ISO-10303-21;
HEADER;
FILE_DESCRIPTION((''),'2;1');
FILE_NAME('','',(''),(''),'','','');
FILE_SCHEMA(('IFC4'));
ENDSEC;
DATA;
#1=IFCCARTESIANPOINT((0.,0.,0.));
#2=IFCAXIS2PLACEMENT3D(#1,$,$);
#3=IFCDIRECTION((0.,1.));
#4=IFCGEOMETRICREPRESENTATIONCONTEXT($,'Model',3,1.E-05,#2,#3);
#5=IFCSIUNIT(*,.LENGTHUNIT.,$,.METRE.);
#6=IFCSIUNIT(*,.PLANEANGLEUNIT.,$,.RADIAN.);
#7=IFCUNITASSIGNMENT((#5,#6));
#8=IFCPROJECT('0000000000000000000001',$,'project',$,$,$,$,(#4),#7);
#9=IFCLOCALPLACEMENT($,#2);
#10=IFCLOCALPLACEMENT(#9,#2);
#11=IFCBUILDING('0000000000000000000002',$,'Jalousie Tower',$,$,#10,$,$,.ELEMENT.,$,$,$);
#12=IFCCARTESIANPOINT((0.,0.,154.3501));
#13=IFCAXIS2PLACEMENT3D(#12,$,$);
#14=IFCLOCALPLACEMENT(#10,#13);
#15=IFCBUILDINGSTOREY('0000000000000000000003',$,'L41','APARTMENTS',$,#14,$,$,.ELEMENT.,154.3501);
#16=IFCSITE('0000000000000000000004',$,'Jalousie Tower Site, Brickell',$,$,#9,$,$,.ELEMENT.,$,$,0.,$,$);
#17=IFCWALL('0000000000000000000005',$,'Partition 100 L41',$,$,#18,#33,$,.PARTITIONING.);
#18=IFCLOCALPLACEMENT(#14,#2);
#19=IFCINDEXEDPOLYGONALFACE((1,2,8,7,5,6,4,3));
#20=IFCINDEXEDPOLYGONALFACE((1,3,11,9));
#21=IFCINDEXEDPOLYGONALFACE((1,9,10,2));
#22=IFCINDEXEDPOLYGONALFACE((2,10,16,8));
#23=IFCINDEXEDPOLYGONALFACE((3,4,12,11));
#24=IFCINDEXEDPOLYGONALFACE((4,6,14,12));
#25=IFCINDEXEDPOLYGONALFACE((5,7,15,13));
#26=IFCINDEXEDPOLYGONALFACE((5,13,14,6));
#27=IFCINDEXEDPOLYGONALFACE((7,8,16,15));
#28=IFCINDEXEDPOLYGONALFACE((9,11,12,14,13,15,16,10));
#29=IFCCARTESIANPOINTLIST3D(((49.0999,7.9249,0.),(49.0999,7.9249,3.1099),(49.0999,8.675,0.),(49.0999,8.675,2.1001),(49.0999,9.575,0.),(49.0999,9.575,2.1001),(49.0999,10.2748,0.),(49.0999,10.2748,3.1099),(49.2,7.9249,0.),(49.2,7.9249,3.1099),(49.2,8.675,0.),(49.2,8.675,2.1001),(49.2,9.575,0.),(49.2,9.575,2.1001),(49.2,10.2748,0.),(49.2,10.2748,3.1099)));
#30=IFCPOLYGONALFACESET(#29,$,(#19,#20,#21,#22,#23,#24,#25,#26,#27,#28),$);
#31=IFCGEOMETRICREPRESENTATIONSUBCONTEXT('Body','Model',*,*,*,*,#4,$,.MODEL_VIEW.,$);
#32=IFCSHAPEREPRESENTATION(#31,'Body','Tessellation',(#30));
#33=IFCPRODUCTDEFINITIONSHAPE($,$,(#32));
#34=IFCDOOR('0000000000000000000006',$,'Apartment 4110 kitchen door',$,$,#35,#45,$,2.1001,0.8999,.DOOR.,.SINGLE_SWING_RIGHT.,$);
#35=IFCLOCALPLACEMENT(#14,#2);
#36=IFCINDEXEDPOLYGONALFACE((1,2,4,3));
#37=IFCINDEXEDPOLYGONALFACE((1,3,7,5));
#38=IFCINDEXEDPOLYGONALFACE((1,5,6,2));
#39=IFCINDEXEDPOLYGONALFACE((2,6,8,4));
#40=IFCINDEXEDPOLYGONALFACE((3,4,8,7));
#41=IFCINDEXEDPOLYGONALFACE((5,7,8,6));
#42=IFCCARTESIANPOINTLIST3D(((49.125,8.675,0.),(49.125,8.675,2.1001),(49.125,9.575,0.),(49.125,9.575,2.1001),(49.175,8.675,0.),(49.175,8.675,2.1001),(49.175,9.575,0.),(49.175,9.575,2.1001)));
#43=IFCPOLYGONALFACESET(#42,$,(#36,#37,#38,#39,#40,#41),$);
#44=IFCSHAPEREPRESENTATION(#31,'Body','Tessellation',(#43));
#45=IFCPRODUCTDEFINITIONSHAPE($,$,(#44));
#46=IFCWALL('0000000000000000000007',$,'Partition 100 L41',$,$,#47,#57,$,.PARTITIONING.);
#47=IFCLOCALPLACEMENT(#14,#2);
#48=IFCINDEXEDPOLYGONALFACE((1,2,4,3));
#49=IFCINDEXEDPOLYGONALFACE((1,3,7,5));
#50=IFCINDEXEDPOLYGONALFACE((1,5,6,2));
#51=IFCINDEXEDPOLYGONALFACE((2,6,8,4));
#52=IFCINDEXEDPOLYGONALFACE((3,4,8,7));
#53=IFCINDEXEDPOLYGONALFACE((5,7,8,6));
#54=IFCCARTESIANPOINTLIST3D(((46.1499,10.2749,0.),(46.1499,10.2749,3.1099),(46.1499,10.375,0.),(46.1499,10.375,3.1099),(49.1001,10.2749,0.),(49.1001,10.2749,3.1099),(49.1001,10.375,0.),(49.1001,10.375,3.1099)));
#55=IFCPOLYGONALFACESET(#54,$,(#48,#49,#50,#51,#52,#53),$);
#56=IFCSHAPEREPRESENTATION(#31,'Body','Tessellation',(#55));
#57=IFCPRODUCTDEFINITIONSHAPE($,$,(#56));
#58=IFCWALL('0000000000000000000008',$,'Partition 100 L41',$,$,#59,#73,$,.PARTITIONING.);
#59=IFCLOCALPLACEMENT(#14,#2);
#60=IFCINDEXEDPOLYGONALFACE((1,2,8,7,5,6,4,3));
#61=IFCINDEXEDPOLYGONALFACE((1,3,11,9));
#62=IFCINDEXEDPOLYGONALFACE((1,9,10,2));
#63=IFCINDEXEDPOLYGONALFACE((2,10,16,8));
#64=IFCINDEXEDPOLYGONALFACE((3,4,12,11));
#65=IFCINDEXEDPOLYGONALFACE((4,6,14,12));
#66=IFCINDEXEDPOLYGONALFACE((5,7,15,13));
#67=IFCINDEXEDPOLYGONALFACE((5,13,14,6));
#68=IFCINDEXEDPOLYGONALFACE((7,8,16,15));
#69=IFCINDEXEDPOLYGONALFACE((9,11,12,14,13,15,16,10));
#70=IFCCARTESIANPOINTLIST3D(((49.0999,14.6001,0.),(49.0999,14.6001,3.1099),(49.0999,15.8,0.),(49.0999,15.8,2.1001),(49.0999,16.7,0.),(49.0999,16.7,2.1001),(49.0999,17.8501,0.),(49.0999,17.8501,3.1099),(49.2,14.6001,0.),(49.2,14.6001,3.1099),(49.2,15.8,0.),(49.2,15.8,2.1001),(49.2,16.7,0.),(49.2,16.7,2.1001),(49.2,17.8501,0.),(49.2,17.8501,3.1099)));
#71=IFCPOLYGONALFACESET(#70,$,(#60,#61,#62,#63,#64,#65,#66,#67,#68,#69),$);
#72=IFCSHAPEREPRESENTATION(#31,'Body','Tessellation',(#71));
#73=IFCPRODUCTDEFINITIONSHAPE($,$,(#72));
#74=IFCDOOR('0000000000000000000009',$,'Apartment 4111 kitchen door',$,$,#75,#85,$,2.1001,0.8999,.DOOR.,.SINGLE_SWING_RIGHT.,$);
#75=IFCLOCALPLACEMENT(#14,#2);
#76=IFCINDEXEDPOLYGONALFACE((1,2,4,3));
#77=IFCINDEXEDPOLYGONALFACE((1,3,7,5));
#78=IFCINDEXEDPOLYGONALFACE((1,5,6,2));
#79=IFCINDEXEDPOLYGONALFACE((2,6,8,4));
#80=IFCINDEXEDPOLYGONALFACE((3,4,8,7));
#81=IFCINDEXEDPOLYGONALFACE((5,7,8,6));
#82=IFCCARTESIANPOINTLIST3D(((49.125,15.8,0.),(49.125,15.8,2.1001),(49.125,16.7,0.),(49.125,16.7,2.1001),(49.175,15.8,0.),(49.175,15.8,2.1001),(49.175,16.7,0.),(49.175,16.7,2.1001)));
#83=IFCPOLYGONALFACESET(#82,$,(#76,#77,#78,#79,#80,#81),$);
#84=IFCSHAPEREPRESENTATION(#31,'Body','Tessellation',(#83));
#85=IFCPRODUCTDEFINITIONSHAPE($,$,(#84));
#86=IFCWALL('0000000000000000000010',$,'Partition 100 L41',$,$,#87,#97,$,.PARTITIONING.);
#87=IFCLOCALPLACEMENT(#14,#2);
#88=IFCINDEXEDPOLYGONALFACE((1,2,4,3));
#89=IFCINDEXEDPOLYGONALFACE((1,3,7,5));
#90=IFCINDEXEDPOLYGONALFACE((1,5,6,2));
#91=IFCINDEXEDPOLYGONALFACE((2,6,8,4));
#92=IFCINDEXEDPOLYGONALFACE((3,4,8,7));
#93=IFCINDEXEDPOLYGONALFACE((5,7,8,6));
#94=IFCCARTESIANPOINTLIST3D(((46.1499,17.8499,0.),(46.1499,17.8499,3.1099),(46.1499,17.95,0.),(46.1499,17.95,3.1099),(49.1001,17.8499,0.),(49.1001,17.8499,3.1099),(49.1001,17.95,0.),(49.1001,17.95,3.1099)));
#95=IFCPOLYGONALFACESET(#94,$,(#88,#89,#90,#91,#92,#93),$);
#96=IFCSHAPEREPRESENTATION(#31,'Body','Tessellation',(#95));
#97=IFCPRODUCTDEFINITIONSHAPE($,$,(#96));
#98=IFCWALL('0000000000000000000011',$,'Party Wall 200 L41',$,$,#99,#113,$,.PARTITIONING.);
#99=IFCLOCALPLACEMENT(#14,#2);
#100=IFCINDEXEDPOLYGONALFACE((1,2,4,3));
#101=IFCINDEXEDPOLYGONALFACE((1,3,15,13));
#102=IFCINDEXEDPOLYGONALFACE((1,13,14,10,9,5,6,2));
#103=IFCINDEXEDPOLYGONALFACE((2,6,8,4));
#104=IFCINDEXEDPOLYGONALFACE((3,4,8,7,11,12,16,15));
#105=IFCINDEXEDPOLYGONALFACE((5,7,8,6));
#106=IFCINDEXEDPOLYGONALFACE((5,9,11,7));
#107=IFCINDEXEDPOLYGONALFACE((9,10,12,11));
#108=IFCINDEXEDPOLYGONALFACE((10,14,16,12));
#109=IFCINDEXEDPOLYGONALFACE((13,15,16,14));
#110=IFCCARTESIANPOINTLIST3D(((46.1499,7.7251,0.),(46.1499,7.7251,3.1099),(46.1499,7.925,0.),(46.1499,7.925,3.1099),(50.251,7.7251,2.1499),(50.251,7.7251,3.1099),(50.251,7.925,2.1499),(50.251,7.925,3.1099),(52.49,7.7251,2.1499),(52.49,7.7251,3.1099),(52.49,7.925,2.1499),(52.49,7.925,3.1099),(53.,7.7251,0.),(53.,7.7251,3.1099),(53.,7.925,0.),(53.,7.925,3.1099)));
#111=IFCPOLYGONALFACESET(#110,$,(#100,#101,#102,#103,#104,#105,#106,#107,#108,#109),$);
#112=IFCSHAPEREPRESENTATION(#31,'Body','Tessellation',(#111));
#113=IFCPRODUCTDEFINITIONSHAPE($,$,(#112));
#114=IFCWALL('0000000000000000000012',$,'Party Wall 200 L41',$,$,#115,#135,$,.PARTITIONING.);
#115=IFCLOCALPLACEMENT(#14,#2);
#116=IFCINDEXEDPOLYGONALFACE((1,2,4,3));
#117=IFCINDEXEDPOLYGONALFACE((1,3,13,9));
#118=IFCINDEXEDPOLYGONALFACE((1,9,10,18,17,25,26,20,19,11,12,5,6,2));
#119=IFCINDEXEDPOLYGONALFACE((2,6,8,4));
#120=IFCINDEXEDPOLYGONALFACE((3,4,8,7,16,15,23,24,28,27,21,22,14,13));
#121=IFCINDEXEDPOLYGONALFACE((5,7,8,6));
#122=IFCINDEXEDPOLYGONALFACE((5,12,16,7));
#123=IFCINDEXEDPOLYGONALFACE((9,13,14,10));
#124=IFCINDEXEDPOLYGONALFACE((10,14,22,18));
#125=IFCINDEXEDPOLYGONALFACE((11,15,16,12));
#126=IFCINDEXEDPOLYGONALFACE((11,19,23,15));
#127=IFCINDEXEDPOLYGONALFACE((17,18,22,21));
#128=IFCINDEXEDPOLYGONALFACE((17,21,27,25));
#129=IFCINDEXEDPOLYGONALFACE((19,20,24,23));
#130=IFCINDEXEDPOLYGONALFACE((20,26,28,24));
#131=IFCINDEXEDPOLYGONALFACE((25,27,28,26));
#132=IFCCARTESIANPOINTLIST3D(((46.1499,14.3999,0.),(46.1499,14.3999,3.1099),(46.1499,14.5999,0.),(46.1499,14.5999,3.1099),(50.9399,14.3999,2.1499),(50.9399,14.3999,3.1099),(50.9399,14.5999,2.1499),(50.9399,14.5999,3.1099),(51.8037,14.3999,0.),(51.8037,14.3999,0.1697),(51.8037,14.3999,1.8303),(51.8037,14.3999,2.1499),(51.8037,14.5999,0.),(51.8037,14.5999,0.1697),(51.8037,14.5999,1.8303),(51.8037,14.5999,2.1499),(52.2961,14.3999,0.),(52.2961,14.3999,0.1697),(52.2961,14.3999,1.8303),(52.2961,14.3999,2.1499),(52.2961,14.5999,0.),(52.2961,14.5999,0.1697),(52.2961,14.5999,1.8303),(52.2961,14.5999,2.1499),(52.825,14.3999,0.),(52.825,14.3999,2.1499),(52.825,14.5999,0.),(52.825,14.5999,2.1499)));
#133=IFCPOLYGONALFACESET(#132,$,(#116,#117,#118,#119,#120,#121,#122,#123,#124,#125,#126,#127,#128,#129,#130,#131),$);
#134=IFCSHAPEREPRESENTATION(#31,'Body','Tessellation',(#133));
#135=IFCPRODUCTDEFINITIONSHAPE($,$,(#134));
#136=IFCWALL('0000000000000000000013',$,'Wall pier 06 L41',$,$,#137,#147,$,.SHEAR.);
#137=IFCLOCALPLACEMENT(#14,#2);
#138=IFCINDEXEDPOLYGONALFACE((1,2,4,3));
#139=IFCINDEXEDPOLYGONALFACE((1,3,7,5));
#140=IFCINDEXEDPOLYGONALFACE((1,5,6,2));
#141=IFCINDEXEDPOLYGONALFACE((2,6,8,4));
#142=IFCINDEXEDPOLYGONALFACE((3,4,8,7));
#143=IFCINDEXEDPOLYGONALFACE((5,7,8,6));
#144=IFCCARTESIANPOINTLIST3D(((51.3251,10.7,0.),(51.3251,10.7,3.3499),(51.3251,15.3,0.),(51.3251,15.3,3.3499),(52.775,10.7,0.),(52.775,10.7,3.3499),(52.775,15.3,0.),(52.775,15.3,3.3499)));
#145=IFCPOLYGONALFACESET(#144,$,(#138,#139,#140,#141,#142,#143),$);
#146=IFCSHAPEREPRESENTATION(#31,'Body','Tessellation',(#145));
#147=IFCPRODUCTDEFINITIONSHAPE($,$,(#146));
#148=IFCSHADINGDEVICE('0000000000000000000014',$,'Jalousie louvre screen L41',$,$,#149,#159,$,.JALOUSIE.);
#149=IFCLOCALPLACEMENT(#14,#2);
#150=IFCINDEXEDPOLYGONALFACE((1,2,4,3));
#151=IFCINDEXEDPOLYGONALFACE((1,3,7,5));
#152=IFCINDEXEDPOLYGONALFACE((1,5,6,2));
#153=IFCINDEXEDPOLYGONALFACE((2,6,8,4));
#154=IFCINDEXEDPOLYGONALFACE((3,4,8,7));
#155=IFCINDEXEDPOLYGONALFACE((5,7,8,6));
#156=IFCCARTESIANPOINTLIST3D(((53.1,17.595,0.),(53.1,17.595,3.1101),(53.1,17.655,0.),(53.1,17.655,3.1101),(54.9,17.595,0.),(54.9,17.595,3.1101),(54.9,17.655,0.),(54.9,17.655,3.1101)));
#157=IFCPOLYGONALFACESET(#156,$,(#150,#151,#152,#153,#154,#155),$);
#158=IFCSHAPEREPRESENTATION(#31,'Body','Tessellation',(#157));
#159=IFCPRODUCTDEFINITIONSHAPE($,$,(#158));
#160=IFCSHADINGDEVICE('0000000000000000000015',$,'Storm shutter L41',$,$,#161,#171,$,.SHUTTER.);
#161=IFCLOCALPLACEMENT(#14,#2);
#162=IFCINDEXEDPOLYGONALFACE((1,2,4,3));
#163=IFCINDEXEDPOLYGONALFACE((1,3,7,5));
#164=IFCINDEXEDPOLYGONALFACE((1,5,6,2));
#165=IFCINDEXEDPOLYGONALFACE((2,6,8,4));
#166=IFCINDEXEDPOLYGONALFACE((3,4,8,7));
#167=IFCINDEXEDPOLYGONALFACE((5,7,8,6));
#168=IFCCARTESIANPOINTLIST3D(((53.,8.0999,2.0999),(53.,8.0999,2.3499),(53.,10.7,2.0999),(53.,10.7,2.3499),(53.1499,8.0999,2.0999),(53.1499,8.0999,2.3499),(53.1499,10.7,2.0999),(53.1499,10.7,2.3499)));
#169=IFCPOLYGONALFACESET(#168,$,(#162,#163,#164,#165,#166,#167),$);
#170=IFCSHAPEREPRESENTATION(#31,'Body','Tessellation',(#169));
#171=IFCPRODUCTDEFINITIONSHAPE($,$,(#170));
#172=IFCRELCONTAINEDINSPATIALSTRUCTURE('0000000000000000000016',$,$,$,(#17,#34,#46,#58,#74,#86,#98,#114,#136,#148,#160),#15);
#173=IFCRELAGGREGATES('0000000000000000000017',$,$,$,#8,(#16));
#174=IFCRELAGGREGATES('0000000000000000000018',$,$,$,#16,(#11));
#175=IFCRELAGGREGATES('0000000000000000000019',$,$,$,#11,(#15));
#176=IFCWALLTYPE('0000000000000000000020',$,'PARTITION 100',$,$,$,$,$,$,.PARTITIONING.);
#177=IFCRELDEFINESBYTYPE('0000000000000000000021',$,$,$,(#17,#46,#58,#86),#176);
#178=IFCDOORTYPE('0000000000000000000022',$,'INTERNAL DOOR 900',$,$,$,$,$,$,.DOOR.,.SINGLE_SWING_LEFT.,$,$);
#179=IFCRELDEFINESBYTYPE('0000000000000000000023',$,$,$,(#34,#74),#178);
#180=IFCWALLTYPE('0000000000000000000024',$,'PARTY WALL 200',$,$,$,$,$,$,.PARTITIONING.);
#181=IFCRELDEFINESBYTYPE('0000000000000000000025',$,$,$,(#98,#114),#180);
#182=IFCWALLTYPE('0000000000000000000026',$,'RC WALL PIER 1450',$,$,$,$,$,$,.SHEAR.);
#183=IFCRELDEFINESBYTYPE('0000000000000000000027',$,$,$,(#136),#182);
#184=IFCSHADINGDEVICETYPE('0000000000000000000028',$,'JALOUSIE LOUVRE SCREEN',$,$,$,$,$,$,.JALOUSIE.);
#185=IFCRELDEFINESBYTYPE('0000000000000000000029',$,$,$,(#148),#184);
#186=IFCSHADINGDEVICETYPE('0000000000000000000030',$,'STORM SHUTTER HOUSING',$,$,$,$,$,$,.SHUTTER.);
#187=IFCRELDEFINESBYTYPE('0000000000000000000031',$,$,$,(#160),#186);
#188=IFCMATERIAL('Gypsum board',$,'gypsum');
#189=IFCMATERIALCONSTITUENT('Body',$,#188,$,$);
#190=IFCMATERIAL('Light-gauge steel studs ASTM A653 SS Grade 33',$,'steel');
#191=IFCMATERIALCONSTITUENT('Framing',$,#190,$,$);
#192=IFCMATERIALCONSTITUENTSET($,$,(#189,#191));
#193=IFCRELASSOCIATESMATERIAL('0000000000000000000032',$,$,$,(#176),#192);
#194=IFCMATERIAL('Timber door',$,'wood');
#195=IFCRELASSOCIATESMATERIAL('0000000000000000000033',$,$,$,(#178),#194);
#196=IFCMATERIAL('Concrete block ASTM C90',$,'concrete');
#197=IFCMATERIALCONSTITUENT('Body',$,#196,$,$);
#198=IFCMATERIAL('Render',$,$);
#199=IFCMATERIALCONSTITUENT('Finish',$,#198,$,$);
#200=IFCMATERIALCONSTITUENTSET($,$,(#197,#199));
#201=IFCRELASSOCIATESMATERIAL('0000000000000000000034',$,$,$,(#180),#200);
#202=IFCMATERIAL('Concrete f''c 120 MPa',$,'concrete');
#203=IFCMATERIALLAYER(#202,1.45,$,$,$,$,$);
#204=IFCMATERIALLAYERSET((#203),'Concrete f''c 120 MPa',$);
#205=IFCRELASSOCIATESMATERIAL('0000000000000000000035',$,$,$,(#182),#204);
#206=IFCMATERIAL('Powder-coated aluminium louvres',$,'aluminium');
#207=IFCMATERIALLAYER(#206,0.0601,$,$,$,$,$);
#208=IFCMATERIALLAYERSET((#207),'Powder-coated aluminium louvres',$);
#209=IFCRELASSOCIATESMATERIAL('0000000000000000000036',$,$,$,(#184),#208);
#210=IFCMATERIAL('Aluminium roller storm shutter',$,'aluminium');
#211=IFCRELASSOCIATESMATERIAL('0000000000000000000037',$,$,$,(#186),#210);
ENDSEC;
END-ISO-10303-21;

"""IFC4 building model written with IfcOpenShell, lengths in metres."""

from ifc_helpers import new_model, si_unit, direction, frame, frame_2d, origin, origin_2d, place, context, subcontext, project, spatial, polyline, rectangle, outline, extrude, material, layer, layer_set, constituent, constituent_set, type_object, element, fill, save


model = new_model("IFC4")

# Units and contexts
model_context = context("Model", 3, precision=1e-05, world=origin(), true_north=direction((0.0, 1.0)))
body_context = subcontext(model_context, "Body", "Model", "MODEL_VIEW")
ifc_project = project(units=[si_unit("LENGTHUNIT", "METRE"), si_unit("PLANEANGLEUNIT", "RADIAN")], contexts=[model_context])

# Site, building, storey
site_placement = place(None, origin())
site = spatial("IfcSite", under=ifc_project, at=site_placement, Name="Jalousie Tower Site, Brickell", CompositionType="ELEMENT", RefElevation=0.0)
building_placement = place(site_placement, origin())
building = spatial("IfcBuilding", under=site, at=building_placement, Name="Jalousie Tower", CompositionType="ELEMENT")
storey_placement = place(building_placement, frame((0.0, 0.0, 154.3501)))
storey = spatial("IfcBuildingStorey", under=building, at=storey_placement, Name="L41", Description="APARTMENTS", CompositionType="ELEMENT", Elevation=154.3501)

# Wall, opening, door
ifc_material_1 = material(Name="Gypsum board", Category="gypsum")
ifc_constituent_1 = constituent(ifc_material_1, Name="Body")
ifc_material_2 = material(Name="Light-gauge steel studs ASTM A653 SS Grade 33", Category="steel")
ifc_constituent_2 = constituent(ifc_material_2, Name="Framing")
ifc_constituent_set_1 = constituent_set(constituents=[ifc_constituent_1, ifc_constituent_2])
wall_type_1 = type_object("IfcWallType", Name="PARTITION 100", PredefinedType="PARTITIONING", material=ifc_constituent_set_1)
wall_1_placement = place(storey_placement, frame((49.1499, 7.925, 0.0), z_axis=(0.0, 0.0, 1.0), x_axis=(0.0, 1.0, 0.0)))
wall_1 = element("IfcWall", 1, at=wall_1_placement, inside=storey, type_object=wall_type_1, Name="Partition 100 L41", PredefinedType="PARTITIONING", context=body_context, shape_type="SweptSolid", body=[
    extrude(rectangle(XDim=2.3499, YDim=0.1001, at=frame_2d((1.1748, 0.0))), origin(), (0.0, 0.0, 1.0), 3.1099),
])
opening_1_placement = place(wall_1_placement, frame((0.75, 0.0, 0.0)))
opening_1 = element("IfcOpeningElement", 2, at=opening_1_placement, cuts=wall_1, PredefinedType="OPENING", context=body_context, shape_type="SweptSolid", body=[
    extrude(rectangle(XDim=0.8999, YDim=2.1001, at=frame_2d((0.45, 1.05))), frame((0.0, 0.0601, 0.0), z_axis=(0.0, -1.0, 0.0), x_axis=(1.0, 0.0, 0.0)), (0.0, 0.0, 1.0), 0.1201),
])
ifc_material_3 = material(Name="Timber door", Category="wood")
door_type_1 = type_object("IfcDoorType", Name="INTERNAL DOOR 900", OperationType="SINGLE_SWING_LEFT", PredefinedType="DOOR", material=ifc_material_3)
door_1_placement = place(opening_1_placement, origin())
door_1 = element("IfcDoor", 3, at=door_1_placement, inside=storey, type_object=door_type_1, Name="Apartment 4110 kitchen door", OperationType="SINGLE_SWING_RIGHT", OverallHeight=2.1001, OverallWidth=0.8999, PredefinedType="DOOR", context=body_context, shape_type="SweptSolid", body=[
    extrude(rectangle(XDim=0.8999, YDim=2.1001, at=frame_2d((0.45, 1.05))), frame((0.0, 0.0249, 0.0), z_axis=(0.0, -1.0, 0.0), x_axis=(1.0, 0.0, 0.0)), (0.0, 0.0, 1.0), 0.05),
])
fill(opening_1, door_1)

# Wall
wall_2_placement = place(storey_placement, frame((49.1001, 10.325, 0.0), z_axis=(0.0, 0.0, 1.0), x_axis=(-1.0, 0.0, 0.0)))
element("IfcWall", 4, at=wall_2_placement, inside=storey, type_object=wall_type_1, Name="Partition 100 L41", PredefinedType="PARTITIONING", context=body_context, shape_type="SweptSolid", body=[
    extrude(rectangle(XDim=2.9502, YDim=0.1001, at=frame_2d((1.4751, 0.0))), origin(), (0.0, 0.0, 1.0), 3.1099),
])

# Wall, opening, door
wall_3_placement = place(storey_placement, frame((49.1499, 14.6001, 0.0), z_axis=(0.0, 0.0, 1.0), x_axis=(0.0, 1.0, 0.0)))
wall_3 = element("IfcWall", 5, at=wall_3_placement, inside=storey, type_object=wall_type_1, Name="Partition 100 L41", PredefinedType="PARTITIONING", context=body_context, shape_type="SweptSolid", body=[
    extrude(rectangle(XDim=3.25, YDim=0.1001, at=frame_2d((1.625, 0.0))), origin(), (0.0, 0.0, 1.0), 3.1099),
])
opening_2_placement = place(wall_3_placement, frame((1.2, 0.0, 0.0)))
opening_2 = element("IfcOpeningElement", 6, at=opening_2_placement, cuts=wall_3, PredefinedType="OPENING", context=body_context, shape_type="SweptSolid", body=[
    extrude(rectangle(XDim=0.8999, YDim=2.1001, at=frame_2d((0.45, 1.05))), frame((0.0, 0.0601, 0.0), z_axis=(0.0, -1.0, 0.0), x_axis=(1.0, 0.0, 0.0)), (0.0, 0.0, 1.0), 0.1201),
])
door_2_placement = place(opening_2_placement, origin())
door_2 = element("IfcDoor", 7, at=door_2_placement, inside=storey, type_object=door_type_1, Name="Apartment 4111 kitchen door", OperationType="SINGLE_SWING_RIGHT", OverallHeight=2.1001, OverallWidth=0.8999, PredefinedType="DOOR", context=body_context, shape_type="SweptSolid", body=[
    extrude(rectangle(XDim=0.8999, YDim=2.1001, at=frame_2d((0.45, 1.05))), frame((0.0, 0.0249, 0.0), z_axis=(0.0, -1.0, 0.0), x_axis=(1.0, 0.0, 0.0)), (0.0, 0.0, 1.0), 0.05),
])
fill(opening_2, door_2)

# Walls
wall_4_placement = place(storey_placement, frame((49.1001, 17.8999, 0.0), z_axis=(0.0, 0.0, 1.0), x_axis=(-1.0, 0.0, 0.0)))
element("IfcWall", 8, at=wall_4_placement, inside=storey, type_object=wall_type_1, Name="Partition 100 L41", PredefinedType="PARTITIONING", context=body_context, shape_type="SweptSolid", body=[
    extrude(rectangle(XDim=2.9502, YDim=0.1001, at=frame_2d((1.4751, 0.0))), origin(), (0.0, 0.0, 1.0), 3.1099),
])
ifc_material_4 = material(Name="Concrete block ASTM C90", Category="concrete")
ifc_constituent_3 = constituent(ifc_material_4, Name="Body")
ifc_material_5 = material(Name="Render")
ifc_constituent_4 = constituent(ifc_material_5, Name="Finish")
ifc_constituent_set_2 = constituent_set(constituents=[ifc_constituent_3, ifc_constituent_4])
wall_type_2 = type_object("IfcWallType", Name="PARTY WALL 200", PredefinedType="PARTITIONING", material=ifc_constituent_set_2)
wall_5_placement = place(storey_placement, frame((46.1499, 7.825, 0.0), z_axis=(0.0, 0.0, 1.0), x_axis=(1.0, 0.0, 0.0)))
element("IfcWall", 9, at=wall_5_placement, inside=storey, type_object=wall_type_2, Name="Party Wall 200 L41", PredefinedType="PARTITIONING", context=body_context, shape_type="SweptSolid", body=[
    extrude(outline(polyline([(0.0, 0.0), (6.8501, 0.0), (6.8501, 3.1099), (6.3401, 3.1099), (6.3401, 2.1499), (4.1011, 2.1499), (4.1011, 3.1099), (0.0, 3.1099), (0.0, 0.0)])), frame((0.0, 0.1001, 0.0), z_axis=(0.0, -1.0, 0.0), x_axis=(1.0, 0.0, 0.0)), (0.0, 0.0, 1.0), 0.2),
])
wall_6_placement = place(storey_placement, frame((52.825, 14.5, 0.0), z_axis=(0.0, 0.0, 1.0), x_axis=(-1.0, 0.0, 0.0)))
element("IfcWall", 10, at=wall_6_placement, inside=storey, type_object=wall_type_2, Name="Party Wall 200 L41", PredefinedType="PARTITIONING", context=body_context, shape_type="SweptSolid", body=[
    extrude(outline(polyline([(0.5288, 2.1499), (0.0, 2.1499), (0.0, 0.0), (0.5288, 0.0), (0.5288, 0.1697), (1.0212, 0.1697), (1.0212, 0.0), (6.675, 0.0), (6.675, 3.1099), (1.885, 3.1099), (1.885, 2.1499), (1.0212, 2.1499), (1.0212, 1.8303), (0.5288, 1.8303), (0.5288, 2.1499)])), frame((0.0, 0.1001, 0.0), z_axis=(0.0, -1.0, 0.0), x_axis=(1.0, 0.0, 0.0)), (0.0, 0.0, 1.0), 0.2),
])
ifc_material_6 = material(Name="Concrete f'c 120 MPa", Category="concrete")
ifc_layer_1 = layer(ifc_material_6, 1.45)
ifc_layer_set_1 = layer_set([ifc_layer_1], Name="Concrete f'c 120 MPa")
wall_type_3 = type_object("IfcWallType", Name="RC WALL PIER 1450", PredefinedType="SHEAR", material=ifc_layer_set_1)
wall_7_placement = place(storey_placement, frame((52.05, 10.7, 0.0), z_axis=(0.0, 0.0, 1.0), x_axis=(0.0, 1.0, 0.0)))
element("IfcWall", 11, at=wall_7_placement, inside=storey, type_object=wall_type_3, Name="Wall pier 06 L41", PredefinedType="SHEAR", context=body_context, shape_type="SweptSolid", body=[
    extrude(rectangle(XDim=4.6001, YDim=1.45, at=frame_2d((2.3, 0.0))), origin(), (0.0, 0.0, 1.0), 3.3499),
])

# Shading devices
ifc_material_7 = material(Name="Powder-coated aluminium louvres", Category="aluminium")
ifc_layer_2 = layer(ifc_material_7, 0.0601)
ifc_layer_set_2 = layer_set([ifc_layer_2], Name="Powder-coated aluminium louvres")
shading_device_type_1 = type_object("IfcShadingDeviceType", Name="JALOUSIE LOUVRE SCREEN", PredefinedType="JALOUSIE", material=ifc_layer_set_2)
shading_device_placement = place(storey_placement, frame((54.0, 17.625, 0.0), z_axis=(0.0, 0.0, 1.0), x_axis=(0.0, 1.0, 0.0)))
element("IfcShadingDevice", 12, at=shading_device_placement, inside=storey, type_object=shading_device_type_1, Name="Jalousie louvre screen L41", PredefinedType="JALOUSIE", context=body_context, shape_type="SweptSolid", body=[
    extrude(rectangle(XDim=0.0601, YDim=1.8, at=origin_2d()), origin(), (0.0, 0.0, 1.0), 3.1101),
])
ifc_material_8 = material(Name="Aluminium roller storm shutter", Category="aluminium")
shading_device_type_2 = type_object("IfcShadingDeviceType", Name="STORM SHUTTER HOUSING", PredefinedType="SHUTTER", material=ifc_material_8)
for number, where, z_axis, x_axis, name in (
    (13, (53.075, 9.3999, 2.0999), (0.0, 0.0, 1.0), (0.0, 1.0, 0.0), "Storm shutter L41"),
):
    element("IfcShadingDevice", number, at=place(storey_placement, frame(where, z_axis=z_axis, x_axis=x_axis)), inside=storey, type_object=shading_device_type_2, Name=name, PredefinedType="SHUTTER", context=body_context, shape_type="SweptSolid", body=[
        extrude(rectangle(XDim=2.6001, YDim=0.1499, at=origin_2d()), origin(), (0.0, 0.0, 1.0), 0.25),
    ])

save(model, "model.ifc")
